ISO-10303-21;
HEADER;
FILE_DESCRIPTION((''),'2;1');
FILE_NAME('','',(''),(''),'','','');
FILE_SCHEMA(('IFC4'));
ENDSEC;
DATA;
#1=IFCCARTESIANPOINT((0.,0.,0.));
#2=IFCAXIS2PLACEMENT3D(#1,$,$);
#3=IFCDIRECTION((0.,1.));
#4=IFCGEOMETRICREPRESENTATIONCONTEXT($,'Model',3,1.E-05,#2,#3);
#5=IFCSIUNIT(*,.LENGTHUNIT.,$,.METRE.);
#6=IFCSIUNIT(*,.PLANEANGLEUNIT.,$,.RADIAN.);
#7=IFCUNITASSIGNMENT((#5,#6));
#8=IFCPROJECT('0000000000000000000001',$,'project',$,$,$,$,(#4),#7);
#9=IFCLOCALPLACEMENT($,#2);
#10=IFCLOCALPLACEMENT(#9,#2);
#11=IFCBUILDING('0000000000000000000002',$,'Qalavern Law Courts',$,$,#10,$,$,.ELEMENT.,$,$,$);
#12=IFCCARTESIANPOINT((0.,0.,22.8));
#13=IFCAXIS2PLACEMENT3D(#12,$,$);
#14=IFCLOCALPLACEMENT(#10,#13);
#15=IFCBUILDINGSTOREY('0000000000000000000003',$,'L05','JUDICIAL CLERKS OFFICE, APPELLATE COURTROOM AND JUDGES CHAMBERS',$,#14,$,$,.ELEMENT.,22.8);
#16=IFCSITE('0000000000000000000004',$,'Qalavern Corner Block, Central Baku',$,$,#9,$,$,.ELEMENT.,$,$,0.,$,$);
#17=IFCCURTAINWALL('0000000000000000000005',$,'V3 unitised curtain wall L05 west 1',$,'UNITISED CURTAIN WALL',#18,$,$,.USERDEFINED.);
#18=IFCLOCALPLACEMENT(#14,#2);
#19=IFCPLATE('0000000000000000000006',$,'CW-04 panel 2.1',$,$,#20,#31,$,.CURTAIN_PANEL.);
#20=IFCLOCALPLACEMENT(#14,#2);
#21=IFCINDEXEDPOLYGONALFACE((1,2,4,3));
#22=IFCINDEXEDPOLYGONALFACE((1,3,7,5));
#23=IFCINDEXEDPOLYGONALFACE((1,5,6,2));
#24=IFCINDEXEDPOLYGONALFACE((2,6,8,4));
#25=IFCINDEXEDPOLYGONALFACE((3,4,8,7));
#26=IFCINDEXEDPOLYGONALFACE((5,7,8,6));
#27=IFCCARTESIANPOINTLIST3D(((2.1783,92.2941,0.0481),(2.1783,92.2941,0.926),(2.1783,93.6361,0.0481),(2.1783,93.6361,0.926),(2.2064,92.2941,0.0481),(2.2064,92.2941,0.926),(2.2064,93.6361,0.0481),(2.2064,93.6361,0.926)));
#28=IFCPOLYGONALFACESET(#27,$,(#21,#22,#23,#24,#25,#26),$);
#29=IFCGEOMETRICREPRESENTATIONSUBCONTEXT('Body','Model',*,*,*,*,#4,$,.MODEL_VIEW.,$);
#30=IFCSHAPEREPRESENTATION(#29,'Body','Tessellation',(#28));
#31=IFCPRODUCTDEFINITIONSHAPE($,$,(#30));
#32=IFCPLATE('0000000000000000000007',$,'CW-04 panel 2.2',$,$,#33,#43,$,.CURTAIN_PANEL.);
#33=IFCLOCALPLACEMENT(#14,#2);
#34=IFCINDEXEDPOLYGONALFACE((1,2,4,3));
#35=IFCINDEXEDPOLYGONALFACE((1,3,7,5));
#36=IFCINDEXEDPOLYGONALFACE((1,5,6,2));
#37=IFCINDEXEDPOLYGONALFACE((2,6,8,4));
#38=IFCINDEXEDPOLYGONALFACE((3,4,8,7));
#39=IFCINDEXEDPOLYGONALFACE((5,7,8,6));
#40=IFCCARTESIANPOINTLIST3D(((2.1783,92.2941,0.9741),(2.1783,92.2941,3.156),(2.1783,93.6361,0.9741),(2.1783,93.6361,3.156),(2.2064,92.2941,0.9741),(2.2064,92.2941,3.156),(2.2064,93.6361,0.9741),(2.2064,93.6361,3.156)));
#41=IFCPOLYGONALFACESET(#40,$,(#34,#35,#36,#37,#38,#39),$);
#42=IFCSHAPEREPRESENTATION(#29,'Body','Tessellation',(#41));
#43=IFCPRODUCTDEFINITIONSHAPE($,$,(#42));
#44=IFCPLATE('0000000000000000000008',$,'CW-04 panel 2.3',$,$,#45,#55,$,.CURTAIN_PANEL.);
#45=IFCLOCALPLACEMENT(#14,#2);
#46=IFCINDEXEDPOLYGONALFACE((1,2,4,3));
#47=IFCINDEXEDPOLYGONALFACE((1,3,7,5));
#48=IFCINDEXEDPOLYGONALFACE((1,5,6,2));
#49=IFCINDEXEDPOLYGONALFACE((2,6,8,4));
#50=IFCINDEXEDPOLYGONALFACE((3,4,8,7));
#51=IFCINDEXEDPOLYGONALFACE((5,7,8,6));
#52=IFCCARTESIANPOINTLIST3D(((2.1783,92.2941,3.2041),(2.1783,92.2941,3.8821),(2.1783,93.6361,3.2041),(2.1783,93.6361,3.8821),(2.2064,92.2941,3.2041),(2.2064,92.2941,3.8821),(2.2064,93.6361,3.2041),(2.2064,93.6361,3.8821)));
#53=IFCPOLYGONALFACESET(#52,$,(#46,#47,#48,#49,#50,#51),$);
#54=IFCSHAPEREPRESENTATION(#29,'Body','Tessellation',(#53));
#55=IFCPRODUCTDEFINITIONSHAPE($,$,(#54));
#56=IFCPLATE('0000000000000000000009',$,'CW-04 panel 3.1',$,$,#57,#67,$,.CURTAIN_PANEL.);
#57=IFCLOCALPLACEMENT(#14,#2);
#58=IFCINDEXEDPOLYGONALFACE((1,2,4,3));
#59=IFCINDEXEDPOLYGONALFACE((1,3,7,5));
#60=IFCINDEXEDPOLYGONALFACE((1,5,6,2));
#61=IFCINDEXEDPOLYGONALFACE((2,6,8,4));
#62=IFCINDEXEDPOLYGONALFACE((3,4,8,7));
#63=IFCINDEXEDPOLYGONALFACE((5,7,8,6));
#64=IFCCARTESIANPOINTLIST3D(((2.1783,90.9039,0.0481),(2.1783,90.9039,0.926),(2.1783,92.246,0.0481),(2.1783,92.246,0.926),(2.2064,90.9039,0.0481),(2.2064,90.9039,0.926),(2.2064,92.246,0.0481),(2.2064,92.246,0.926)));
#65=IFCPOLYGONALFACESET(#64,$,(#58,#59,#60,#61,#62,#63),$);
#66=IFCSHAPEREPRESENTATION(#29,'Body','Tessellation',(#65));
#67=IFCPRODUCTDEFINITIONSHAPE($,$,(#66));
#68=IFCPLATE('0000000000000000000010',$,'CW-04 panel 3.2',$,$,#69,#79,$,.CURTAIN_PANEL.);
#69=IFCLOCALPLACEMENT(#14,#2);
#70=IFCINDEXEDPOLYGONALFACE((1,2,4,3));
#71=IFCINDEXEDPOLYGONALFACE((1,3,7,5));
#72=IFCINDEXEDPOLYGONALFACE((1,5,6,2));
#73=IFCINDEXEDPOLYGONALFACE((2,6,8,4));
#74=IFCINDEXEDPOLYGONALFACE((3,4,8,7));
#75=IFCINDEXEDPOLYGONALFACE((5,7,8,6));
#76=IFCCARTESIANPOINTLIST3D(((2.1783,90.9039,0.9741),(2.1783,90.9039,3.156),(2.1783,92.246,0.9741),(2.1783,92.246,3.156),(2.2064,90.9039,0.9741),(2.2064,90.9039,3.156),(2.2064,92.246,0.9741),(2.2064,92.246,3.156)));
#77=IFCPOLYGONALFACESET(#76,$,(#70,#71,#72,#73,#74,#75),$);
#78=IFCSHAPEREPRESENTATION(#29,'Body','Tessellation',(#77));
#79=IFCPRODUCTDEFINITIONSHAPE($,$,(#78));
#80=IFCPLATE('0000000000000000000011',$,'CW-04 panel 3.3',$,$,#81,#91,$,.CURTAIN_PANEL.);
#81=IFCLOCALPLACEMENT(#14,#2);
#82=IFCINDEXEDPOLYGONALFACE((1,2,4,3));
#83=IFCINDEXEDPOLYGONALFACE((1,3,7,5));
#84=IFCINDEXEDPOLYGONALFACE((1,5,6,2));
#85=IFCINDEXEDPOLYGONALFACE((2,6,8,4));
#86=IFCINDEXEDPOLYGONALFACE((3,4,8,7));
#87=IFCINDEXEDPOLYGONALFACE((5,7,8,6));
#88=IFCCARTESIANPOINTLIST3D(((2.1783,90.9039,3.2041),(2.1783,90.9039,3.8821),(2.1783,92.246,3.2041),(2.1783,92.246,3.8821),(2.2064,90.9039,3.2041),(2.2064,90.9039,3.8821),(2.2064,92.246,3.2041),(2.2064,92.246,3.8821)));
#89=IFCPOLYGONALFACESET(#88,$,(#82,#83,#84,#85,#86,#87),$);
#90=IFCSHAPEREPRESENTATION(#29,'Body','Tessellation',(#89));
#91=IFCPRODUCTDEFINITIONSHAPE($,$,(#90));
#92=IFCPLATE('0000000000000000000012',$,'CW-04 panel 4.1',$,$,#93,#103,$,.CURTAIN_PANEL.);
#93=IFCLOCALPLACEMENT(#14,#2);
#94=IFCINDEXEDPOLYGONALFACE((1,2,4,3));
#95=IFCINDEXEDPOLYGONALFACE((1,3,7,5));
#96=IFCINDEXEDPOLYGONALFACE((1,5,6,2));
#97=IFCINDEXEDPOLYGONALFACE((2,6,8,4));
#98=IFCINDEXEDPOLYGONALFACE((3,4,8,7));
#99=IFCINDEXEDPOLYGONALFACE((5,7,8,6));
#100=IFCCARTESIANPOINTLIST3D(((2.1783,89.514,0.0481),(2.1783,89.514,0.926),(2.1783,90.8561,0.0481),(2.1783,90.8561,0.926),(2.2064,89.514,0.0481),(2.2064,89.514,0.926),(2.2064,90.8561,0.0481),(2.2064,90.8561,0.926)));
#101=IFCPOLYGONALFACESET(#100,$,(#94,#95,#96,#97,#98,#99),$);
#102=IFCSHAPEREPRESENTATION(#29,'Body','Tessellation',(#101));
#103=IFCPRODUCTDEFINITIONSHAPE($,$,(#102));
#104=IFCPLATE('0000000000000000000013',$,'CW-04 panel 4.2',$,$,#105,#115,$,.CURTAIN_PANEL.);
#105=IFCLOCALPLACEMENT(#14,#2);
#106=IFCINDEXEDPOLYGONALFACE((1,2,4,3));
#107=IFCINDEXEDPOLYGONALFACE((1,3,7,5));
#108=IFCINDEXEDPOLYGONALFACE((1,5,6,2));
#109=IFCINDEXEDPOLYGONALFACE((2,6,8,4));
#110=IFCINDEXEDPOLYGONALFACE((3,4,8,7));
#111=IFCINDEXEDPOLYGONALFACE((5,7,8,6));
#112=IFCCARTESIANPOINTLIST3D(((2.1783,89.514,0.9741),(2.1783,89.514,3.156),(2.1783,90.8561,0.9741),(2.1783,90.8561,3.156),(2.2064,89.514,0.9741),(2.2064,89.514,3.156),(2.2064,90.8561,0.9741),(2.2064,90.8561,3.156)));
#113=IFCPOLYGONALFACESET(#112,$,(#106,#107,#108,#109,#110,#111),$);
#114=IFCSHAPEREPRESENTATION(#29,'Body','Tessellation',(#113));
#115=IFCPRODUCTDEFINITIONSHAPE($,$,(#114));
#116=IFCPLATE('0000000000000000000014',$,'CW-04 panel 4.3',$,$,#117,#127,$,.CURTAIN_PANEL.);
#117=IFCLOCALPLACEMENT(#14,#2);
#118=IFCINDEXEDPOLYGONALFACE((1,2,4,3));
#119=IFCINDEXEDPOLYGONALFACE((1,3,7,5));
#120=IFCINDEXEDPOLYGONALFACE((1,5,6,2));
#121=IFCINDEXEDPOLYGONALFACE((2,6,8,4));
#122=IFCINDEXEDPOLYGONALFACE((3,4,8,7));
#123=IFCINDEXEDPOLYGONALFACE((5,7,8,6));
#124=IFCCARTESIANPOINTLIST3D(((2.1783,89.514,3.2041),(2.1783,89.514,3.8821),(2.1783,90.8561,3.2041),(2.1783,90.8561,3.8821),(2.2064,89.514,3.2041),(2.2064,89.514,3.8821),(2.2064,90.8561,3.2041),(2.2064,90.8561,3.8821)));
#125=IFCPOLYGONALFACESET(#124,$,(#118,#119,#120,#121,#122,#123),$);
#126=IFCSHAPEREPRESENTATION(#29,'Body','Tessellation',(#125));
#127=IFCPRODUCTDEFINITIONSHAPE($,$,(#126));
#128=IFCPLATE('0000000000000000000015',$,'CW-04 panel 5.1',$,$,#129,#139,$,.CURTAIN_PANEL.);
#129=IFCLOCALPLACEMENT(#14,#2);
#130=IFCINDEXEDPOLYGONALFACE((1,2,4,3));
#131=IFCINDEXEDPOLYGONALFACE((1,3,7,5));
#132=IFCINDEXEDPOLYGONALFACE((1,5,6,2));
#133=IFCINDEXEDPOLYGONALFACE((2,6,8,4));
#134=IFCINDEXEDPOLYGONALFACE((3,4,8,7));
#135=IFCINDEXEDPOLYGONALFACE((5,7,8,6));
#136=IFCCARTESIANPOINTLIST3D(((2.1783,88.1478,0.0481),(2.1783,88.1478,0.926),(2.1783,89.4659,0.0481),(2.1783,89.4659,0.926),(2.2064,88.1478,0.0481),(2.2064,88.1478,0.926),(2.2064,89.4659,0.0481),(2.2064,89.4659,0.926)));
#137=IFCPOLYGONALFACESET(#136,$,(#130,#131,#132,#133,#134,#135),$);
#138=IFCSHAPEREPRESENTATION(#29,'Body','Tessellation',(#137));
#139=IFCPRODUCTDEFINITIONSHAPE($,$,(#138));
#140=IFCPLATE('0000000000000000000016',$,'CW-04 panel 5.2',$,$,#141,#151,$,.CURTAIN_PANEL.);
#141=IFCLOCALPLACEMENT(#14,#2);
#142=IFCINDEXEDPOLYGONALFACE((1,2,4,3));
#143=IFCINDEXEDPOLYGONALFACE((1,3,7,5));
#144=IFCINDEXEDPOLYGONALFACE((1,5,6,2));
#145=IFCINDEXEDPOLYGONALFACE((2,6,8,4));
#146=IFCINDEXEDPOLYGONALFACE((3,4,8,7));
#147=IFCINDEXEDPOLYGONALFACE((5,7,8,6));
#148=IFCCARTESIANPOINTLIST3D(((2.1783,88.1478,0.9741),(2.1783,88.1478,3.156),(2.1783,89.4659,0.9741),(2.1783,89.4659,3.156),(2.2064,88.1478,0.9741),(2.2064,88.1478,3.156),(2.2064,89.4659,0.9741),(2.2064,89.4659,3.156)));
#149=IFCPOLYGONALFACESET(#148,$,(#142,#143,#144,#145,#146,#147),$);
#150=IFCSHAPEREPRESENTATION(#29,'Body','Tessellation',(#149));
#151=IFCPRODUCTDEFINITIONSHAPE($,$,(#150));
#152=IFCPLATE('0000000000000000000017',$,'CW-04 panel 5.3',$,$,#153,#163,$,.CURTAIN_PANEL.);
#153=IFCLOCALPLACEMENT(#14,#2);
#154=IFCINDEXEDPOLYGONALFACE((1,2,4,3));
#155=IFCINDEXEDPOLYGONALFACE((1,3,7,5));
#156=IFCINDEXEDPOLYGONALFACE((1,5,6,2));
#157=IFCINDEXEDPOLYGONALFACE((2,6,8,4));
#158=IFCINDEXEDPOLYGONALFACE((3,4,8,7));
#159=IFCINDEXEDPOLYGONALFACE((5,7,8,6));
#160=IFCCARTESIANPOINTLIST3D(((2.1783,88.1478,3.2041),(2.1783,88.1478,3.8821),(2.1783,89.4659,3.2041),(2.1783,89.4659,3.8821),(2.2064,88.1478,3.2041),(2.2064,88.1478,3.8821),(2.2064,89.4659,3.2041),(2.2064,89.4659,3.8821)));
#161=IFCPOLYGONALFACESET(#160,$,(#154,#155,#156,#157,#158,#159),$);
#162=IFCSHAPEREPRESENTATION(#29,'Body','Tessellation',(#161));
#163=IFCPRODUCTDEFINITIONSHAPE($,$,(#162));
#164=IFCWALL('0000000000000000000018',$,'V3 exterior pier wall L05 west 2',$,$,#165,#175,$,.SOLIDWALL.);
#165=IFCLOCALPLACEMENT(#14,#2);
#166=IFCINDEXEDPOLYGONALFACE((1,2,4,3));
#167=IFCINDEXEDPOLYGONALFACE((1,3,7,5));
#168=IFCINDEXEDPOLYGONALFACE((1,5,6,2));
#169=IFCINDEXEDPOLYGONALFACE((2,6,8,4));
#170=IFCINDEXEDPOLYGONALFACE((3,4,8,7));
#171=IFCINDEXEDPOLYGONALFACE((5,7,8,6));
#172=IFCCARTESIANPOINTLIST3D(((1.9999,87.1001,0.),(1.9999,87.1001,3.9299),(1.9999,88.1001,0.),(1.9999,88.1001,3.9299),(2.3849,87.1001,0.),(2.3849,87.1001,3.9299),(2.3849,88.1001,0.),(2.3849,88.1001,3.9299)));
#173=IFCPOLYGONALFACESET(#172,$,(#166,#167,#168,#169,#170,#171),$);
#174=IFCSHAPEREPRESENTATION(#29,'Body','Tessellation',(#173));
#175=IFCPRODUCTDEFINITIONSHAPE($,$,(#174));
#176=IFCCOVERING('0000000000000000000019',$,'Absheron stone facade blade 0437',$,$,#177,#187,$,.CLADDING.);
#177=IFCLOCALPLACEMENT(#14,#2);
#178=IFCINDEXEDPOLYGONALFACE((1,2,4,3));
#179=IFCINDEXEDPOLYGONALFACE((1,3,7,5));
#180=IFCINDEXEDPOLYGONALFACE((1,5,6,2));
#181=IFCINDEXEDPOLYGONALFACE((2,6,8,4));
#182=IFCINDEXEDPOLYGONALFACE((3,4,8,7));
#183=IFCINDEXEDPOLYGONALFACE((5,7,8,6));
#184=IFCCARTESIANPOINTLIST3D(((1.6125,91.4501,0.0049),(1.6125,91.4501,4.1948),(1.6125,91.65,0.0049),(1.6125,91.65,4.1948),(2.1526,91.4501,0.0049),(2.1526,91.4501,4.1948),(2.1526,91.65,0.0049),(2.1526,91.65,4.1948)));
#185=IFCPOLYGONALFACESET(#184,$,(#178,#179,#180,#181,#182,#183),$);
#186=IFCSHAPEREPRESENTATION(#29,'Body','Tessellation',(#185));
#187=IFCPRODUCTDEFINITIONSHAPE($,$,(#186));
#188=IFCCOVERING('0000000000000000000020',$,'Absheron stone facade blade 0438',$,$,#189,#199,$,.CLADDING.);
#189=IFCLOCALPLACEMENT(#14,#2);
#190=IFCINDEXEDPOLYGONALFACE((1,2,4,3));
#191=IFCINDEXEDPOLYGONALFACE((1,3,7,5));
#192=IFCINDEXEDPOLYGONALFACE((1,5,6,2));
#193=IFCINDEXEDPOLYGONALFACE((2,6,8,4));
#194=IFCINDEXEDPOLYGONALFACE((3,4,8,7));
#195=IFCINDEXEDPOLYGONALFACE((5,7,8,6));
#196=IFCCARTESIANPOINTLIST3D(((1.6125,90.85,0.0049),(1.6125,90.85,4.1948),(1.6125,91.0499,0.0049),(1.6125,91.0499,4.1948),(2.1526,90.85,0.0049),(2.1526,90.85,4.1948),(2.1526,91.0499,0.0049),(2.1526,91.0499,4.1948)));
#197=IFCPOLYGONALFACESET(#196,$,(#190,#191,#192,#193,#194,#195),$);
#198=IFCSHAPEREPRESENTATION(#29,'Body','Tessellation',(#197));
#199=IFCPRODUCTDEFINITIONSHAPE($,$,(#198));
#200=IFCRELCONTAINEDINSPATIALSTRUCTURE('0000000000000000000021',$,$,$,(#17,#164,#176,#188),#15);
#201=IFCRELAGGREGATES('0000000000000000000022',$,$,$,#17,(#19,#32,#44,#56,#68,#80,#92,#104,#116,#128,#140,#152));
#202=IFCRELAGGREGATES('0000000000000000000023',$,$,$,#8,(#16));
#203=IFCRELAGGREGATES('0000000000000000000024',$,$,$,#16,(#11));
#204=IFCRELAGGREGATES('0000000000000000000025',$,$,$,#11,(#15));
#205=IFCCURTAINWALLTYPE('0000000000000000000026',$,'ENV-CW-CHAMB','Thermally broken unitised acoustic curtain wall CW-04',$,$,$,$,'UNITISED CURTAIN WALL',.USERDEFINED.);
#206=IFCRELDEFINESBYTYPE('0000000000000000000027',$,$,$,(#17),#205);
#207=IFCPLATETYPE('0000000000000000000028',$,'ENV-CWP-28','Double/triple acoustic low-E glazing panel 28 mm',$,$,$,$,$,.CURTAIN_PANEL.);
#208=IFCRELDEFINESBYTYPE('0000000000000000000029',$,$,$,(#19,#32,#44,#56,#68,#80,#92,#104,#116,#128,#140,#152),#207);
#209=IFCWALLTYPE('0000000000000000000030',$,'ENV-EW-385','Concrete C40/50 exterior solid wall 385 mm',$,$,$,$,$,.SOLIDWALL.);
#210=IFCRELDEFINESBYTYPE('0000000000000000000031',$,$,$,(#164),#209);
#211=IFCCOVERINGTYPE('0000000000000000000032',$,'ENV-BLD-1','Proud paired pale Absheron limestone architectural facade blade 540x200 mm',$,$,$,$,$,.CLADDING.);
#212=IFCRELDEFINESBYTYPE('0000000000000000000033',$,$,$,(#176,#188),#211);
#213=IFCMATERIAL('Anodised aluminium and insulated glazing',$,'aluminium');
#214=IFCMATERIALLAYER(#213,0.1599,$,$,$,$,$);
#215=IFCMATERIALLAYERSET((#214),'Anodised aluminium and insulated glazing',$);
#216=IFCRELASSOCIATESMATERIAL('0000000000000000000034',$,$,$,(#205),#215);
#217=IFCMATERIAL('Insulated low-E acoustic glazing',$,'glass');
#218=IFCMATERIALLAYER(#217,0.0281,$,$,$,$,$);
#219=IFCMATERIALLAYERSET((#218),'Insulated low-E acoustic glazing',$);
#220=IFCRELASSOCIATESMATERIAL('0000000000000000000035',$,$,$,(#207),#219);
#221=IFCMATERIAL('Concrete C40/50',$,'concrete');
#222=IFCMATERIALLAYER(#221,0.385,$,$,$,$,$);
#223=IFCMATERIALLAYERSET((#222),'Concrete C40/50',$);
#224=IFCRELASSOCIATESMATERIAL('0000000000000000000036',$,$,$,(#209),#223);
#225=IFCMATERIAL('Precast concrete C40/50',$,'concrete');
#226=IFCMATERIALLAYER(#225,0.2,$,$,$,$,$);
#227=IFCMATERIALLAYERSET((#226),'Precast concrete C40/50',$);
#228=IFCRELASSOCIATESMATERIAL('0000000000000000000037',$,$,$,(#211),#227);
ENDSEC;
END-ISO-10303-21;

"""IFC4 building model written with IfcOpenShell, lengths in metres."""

from ifc_helpers import new_model, si_unit, direction, frame, frame_2d, origin, origin_2d, place, context, subcontext, project, spatial, rectangle, extrude, material, layer, layer_set, type_object, element, aggregate, save


model = new_model("IFC4")

# Units and contexts
model_context = context("Model", 3, precision=1e-05, world=origin(), true_north=direction((0.0, 1.0)))
body_context = subcontext(model_context, "Body", "Model", "MODEL_VIEW")
ifc_project = project(units=[si_unit("LENGTHUNIT", "METRE"), si_unit("PLANEANGLEUNIT", "RADIAN")], contexts=[model_context])

# Site, building, storey
site_placement = place(None, origin())
site = spatial("IfcSite", under=ifc_project, at=site_placement, Name="Qalavern Corner Block, Central Baku", CompositionType="ELEMENT", RefElevation=0.0)
building_placement = place(site_placement, origin())
building = spatial("IfcBuilding", under=site, at=building_placement, Name="Qalavern Law Courts", CompositionType="ELEMENT")
storey_placement = place(building_placement, frame((0.0, 0.0, 22.8)))
storey = spatial("IfcBuildingStorey", under=building, at=storey_placement, Name="L05", Description="JUDICIAL CLERKS OFFICE, APPELLATE COURTROOM AND JUDGES CHAMBERS", CompositionType="ELEMENT", Elevation=22.8)

# Curtain wall
ifc_material_1 = material(Name="Anodised aluminium and insulated glazing", Category="aluminium")
ifc_layer_1 = layer(ifc_material_1, 0.1599)
ifc_layer_set_1 = layer_set([ifc_layer_1], Name="Anodised aluminium and insulated glazing")
curtain_wall_type = type_object("IfcCurtainWallType", Name="ENV-CW-CHAMB", Description="Thermally broken unitised acoustic curtain wall CW-04", ElementType="UNITISED CURTAIN WALL", PredefinedType="USERDEFINED", material=ifc_layer_set_1)
curtain_wall_placement = place(storey_placement, origin())
curtain_wall = element("IfcCurtainWall", 1, at=curtain_wall_placement, inside=storey, type_object=curtain_wall_type, Name="V3 unitised curtain wall L05 west 1", ObjectType="UNITISED CURTAIN WALL", PredefinedType="USERDEFINED")

# Plates
ifc_material_2 = material(Name="Insulated low-E acoustic glazing", Category="glass")
ifc_layer_2 = layer(ifc_material_2, 0.0281)
ifc_layer_set_2 = layer_set([ifc_layer_2], Name="Insulated low-E acoustic glazing")
plate_type = type_object("IfcPlateType", Name="ENV-CWP-28", Description="Double/triple acoustic low-E glazing panel 28 mm", PredefinedType="CURTAIN_PANEL", material=ifc_layer_set_2)
plate_1_placement = place(storey_placement, frame((2.1924, 92.9651, 0.0481), z_axis=(0.0, 0.0, 1.0), x_axis=(0.0, -1.0, 0.0)))
plate_1 = element("IfcPlate", 2, at=plate_1_placement, type_object=plate_type, Name="CW-04 panel 2.1", PredefinedType="CURTAIN_PANEL", context=body_context, shape_type="SweptSolid", body=[
    extrude(rectangle(XDim=1.342, YDim=0.0281, at=origin_2d()), origin(), (0.0, 0.0, 1.0), 0.8779),
])
plate_2_placement = place(storey_placement, frame((2.1924, 92.9651, 0.9741), z_axis=(0.0, 0.0, 1.0), x_axis=(0.0, -1.0, 0.0)))
plate_2 = element("IfcPlate", 3, at=plate_2_placement, type_object=plate_type, Name="CW-04 panel 2.2", PredefinedType="CURTAIN_PANEL", context=body_context, shape_type="SweptSolid", body=[
    extrude(rectangle(XDim=1.342, YDim=0.0281, at=origin_2d()), origin(), (0.0, 0.0, 1.0), 2.1819),
])
plate_3_placement = place(storey_placement, frame((2.1924, 92.9651, 3.2041), z_axis=(0.0, 0.0, 1.0), x_axis=(0.0, -1.0, 0.0)))
plate_3 = element("IfcPlate", 4, at=plate_3_placement, type_object=plate_type, Name="CW-04 panel 2.3", PredefinedType="CURTAIN_PANEL", context=body_context, shape_type="SweptSolid", body=[
    extrude(rectangle(XDim=1.342, YDim=0.0281, at=origin_2d()), origin(), (0.0, 0.0, 1.0), 0.678),
])
plate_4_placement = place(storey_placement, frame((2.1924, 91.575, 0.0481), z_axis=(0.0, 0.0, 1.0), x_axis=(0.0, -1.0, 0.0)))
plate_4 = element("IfcPlate", 5, at=plate_4_placement, type_object=plate_type, Name="CW-04 panel 3.1", PredefinedType="CURTAIN_PANEL", context=body_context, shape_type="SweptSolid", body=[
    extrude(rectangle(XDim=1.342, YDim=0.0281, at=origin_2d()), origin(), (0.0, 0.0, 1.0), 0.8779),
])
plate_5_placement = place(storey_placement, frame((2.1924, 91.575, 0.9741), z_axis=(0.0, 0.0, 1.0), x_axis=(0.0, -1.0, 0.0)))
plate_5 = element("IfcPlate", 6, at=plate_5_placement, type_object=plate_type, Name="CW-04 panel 3.2", PredefinedType="CURTAIN_PANEL", context=body_context, shape_type="SweptSolid", body=[
    extrude(rectangle(XDim=1.342, YDim=0.0281, at=origin_2d()), origin(), (0.0, 0.0, 1.0), 2.1819),
])
plate_6_placement = place(storey_placement, frame((2.1924, 91.575, 3.2041), z_axis=(0.0, 0.0, 1.0), x_axis=(0.0, -1.0, 0.0)))
plate_6 = element("IfcPlate", 7, at=plate_6_placement, type_object=plate_type, Name="CW-04 panel 3.3", PredefinedType="CURTAIN_PANEL", context=body_context, shape_type="SweptSolid", body=[
    extrude(rectangle(XDim=1.342, YDim=0.0281, at=origin_2d()), origin(), (0.0, 0.0, 1.0), 0.678),
])
plate_7_placement = place(storey_placement, frame((2.1924, 90.1851, 0.0481), z_axis=(0.0, 0.0, 1.0), x_axis=(0.0, -1.0, 0.0)))
plate_7 = element("IfcPlate", 8, at=plate_7_placement, type_object=plate_type, Name="CW-04 panel 4.1", PredefinedType="CURTAIN_PANEL", context=body_context, shape_type="SweptSolid", body=[
    extrude(rectangle(XDim=1.342, YDim=0.0281, at=origin_2d()), origin(), (0.0, 0.0, 1.0), 0.8779),
])
plate_8_placement = place(storey_placement, frame((2.1924, 90.1851, 0.9741), z_axis=(0.0, 0.0, 1.0), x_axis=(0.0, -1.0, 0.0)))
plate_8 = element("IfcPlate", 9, at=plate_8_placement, type_object=plate_type, Name="CW-04 panel 4.2", PredefinedType="CURTAIN_PANEL", context=body_context, shape_type="SweptSolid", body=[
    extrude(rectangle(XDim=1.342, YDim=0.0281, at=origin_2d()), origin(), (0.0, 0.0, 1.0), 2.1819),
])
plate_9_placement = place(storey_placement, frame((2.1924, 90.1851, 3.2041), z_axis=(0.0, 0.0, 1.0), x_axis=(0.0, -1.0, 0.0)))
plate_9 = element("IfcPlate", 10, at=plate_9_placement, type_object=plate_type, Name="CW-04 panel 4.3", PredefinedType="CURTAIN_PANEL", context=body_context, shape_type="SweptSolid", body=[
    extrude(rectangle(XDim=1.342, YDim=0.0281, at=origin_2d()), origin(), (0.0, 0.0, 1.0), 0.678),
])
plate_10_placement = place(storey_placement, frame((2.1924, 88.8069, 0.0481), z_axis=(0.0, 0.0, 1.0), x_axis=(0.0, -1.0, 0.0)))
plate_10 = element("IfcPlate", 11, at=plate_10_placement, type_object=plate_type, Name="CW-04 panel 5.1", PredefinedType="CURTAIN_PANEL", context=body_context, shape_type="SweptSolid", body=[
    extrude(rectangle(XDim=1.3181, YDim=0.0281, at=origin_2d()), origin(), (0.0, 0.0, 1.0), 0.8779),
])
plate_11_placement = place(storey_placement, frame((2.1924, 88.8069, 0.9741), z_axis=(0.0, 0.0, 1.0), x_axis=(0.0, -1.0, 0.0)))
plate_11 = element("IfcPlate", 12, at=plate_11_placement, type_object=plate_type, Name="CW-04 panel 5.2", PredefinedType="CURTAIN_PANEL", context=body_context, shape_type="SweptSolid", body=[
    extrude(rectangle(XDim=1.3181, YDim=0.0281, at=origin_2d()), origin(), (0.0, 0.0, 1.0), 2.1819),
])
plate_12_placement = place(storey_placement, frame((2.1924, 88.8069, 3.2041), z_axis=(0.0, 0.0, 1.0), x_axis=(0.0, -1.0, 0.0)))
plate_12 = element("IfcPlate", 13, at=plate_12_placement, type_object=plate_type, Name="CW-04 panel 5.3", PredefinedType="CURTAIN_PANEL", context=body_context, shape_type="SweptSolid", body=[
    extrude(rectangle(XDim=1.3181, YDim=0.0281, at=origin_2d()), origin(), (0.0, 0.0, 1.0), 0.678),
])
aggregate(curtain_wall, [plate_1, plate_2, plate_3, plate_4, plate_5, plate_6, plate_7, plate_8, plate_9, plate_10, plate_11, plate_12])

# Wall
ifc_material_3 = material(Name="Concrete C40/50", Category="concrete")
ifc_layer_3 = layer(ifc_material_3, 0.385)
ifc_layer_set_3 = layer_set([ifc_layer_3], Name="Concrete C40/50")
wall_type = type_object("IfcWallType", Name="ENV-EW-385", Description="Concrete C40/50 exterior solid wall 385 mm", PredefinedType="SOLIDWALL", material=ifc_layer_set_3)
wall_placement = place(storey_placement, frame((2.1924, 88.1001, 0.0), z_axis=(0.0, 0.0, 1.0), x_axis=(0.0, -1.0, 0.0)))
element("IfcWall", 14, at=wall_placement, inside=storey, type_object=wall_type, Name="V3 exterior pier wall L05 west 2", PredefinedType="SOLIDWALL", context=body_context, shape_type="SweptSolid", body=[
    extrude(rectangle(XDim=1.0, YDim=0.385, at=frame_2d((0.5, 0.0))), origin(), (0.0, 0.0, 1.0), 3.9299),
])

# Coverings
ifc_material_4 = material(Name="Precast concrete C40/50", Category="concrete")
ifc_layer_4 = layer(ifc_material_4, 0.2)
ifc_layer_set_4 = layer_set([ifc_layer_4], Name="Precast concrete C40/50")
covering_type = type_object("IfcCoveringType", Name="ENV-BLD-1", Description="Proud paired pale Absheron limestone architectural facade blade 540x200 mm", PredefinedType="CLADDING", material=ifc_layer_set_4)
for number, where, z_axis, x_axis, name in (
    (15, (1.8826, 91.55, 0.0049), (0.0, 0.0, 1.0), (-1.0, 0.0, 0.0), "Absheron stone facade blade 0437"),
    (16, (1.8826, 90.95, 0.0049), (0.0, 0.0, 1.0), (-1.0, 0.0, 0.0), "Absheron stone facade blade 0438"),
):
    element("IfcCovering", number, at=place(storey_placement, frame(where, z_axis=z_axis, x_axis=x_axis)), inside=storey, type_object=covering_type, Name=name, PredefinedType="CLADDING", context=body_context, shape_type="SweptSolid", body=[
        extrude(rectangle(XDim=0.54, YDim=0.2, at=origin_2d()), origin(), (0.0, 0.0, 1.0), 4.1899),
    ])

save(model, "model.ifc")
